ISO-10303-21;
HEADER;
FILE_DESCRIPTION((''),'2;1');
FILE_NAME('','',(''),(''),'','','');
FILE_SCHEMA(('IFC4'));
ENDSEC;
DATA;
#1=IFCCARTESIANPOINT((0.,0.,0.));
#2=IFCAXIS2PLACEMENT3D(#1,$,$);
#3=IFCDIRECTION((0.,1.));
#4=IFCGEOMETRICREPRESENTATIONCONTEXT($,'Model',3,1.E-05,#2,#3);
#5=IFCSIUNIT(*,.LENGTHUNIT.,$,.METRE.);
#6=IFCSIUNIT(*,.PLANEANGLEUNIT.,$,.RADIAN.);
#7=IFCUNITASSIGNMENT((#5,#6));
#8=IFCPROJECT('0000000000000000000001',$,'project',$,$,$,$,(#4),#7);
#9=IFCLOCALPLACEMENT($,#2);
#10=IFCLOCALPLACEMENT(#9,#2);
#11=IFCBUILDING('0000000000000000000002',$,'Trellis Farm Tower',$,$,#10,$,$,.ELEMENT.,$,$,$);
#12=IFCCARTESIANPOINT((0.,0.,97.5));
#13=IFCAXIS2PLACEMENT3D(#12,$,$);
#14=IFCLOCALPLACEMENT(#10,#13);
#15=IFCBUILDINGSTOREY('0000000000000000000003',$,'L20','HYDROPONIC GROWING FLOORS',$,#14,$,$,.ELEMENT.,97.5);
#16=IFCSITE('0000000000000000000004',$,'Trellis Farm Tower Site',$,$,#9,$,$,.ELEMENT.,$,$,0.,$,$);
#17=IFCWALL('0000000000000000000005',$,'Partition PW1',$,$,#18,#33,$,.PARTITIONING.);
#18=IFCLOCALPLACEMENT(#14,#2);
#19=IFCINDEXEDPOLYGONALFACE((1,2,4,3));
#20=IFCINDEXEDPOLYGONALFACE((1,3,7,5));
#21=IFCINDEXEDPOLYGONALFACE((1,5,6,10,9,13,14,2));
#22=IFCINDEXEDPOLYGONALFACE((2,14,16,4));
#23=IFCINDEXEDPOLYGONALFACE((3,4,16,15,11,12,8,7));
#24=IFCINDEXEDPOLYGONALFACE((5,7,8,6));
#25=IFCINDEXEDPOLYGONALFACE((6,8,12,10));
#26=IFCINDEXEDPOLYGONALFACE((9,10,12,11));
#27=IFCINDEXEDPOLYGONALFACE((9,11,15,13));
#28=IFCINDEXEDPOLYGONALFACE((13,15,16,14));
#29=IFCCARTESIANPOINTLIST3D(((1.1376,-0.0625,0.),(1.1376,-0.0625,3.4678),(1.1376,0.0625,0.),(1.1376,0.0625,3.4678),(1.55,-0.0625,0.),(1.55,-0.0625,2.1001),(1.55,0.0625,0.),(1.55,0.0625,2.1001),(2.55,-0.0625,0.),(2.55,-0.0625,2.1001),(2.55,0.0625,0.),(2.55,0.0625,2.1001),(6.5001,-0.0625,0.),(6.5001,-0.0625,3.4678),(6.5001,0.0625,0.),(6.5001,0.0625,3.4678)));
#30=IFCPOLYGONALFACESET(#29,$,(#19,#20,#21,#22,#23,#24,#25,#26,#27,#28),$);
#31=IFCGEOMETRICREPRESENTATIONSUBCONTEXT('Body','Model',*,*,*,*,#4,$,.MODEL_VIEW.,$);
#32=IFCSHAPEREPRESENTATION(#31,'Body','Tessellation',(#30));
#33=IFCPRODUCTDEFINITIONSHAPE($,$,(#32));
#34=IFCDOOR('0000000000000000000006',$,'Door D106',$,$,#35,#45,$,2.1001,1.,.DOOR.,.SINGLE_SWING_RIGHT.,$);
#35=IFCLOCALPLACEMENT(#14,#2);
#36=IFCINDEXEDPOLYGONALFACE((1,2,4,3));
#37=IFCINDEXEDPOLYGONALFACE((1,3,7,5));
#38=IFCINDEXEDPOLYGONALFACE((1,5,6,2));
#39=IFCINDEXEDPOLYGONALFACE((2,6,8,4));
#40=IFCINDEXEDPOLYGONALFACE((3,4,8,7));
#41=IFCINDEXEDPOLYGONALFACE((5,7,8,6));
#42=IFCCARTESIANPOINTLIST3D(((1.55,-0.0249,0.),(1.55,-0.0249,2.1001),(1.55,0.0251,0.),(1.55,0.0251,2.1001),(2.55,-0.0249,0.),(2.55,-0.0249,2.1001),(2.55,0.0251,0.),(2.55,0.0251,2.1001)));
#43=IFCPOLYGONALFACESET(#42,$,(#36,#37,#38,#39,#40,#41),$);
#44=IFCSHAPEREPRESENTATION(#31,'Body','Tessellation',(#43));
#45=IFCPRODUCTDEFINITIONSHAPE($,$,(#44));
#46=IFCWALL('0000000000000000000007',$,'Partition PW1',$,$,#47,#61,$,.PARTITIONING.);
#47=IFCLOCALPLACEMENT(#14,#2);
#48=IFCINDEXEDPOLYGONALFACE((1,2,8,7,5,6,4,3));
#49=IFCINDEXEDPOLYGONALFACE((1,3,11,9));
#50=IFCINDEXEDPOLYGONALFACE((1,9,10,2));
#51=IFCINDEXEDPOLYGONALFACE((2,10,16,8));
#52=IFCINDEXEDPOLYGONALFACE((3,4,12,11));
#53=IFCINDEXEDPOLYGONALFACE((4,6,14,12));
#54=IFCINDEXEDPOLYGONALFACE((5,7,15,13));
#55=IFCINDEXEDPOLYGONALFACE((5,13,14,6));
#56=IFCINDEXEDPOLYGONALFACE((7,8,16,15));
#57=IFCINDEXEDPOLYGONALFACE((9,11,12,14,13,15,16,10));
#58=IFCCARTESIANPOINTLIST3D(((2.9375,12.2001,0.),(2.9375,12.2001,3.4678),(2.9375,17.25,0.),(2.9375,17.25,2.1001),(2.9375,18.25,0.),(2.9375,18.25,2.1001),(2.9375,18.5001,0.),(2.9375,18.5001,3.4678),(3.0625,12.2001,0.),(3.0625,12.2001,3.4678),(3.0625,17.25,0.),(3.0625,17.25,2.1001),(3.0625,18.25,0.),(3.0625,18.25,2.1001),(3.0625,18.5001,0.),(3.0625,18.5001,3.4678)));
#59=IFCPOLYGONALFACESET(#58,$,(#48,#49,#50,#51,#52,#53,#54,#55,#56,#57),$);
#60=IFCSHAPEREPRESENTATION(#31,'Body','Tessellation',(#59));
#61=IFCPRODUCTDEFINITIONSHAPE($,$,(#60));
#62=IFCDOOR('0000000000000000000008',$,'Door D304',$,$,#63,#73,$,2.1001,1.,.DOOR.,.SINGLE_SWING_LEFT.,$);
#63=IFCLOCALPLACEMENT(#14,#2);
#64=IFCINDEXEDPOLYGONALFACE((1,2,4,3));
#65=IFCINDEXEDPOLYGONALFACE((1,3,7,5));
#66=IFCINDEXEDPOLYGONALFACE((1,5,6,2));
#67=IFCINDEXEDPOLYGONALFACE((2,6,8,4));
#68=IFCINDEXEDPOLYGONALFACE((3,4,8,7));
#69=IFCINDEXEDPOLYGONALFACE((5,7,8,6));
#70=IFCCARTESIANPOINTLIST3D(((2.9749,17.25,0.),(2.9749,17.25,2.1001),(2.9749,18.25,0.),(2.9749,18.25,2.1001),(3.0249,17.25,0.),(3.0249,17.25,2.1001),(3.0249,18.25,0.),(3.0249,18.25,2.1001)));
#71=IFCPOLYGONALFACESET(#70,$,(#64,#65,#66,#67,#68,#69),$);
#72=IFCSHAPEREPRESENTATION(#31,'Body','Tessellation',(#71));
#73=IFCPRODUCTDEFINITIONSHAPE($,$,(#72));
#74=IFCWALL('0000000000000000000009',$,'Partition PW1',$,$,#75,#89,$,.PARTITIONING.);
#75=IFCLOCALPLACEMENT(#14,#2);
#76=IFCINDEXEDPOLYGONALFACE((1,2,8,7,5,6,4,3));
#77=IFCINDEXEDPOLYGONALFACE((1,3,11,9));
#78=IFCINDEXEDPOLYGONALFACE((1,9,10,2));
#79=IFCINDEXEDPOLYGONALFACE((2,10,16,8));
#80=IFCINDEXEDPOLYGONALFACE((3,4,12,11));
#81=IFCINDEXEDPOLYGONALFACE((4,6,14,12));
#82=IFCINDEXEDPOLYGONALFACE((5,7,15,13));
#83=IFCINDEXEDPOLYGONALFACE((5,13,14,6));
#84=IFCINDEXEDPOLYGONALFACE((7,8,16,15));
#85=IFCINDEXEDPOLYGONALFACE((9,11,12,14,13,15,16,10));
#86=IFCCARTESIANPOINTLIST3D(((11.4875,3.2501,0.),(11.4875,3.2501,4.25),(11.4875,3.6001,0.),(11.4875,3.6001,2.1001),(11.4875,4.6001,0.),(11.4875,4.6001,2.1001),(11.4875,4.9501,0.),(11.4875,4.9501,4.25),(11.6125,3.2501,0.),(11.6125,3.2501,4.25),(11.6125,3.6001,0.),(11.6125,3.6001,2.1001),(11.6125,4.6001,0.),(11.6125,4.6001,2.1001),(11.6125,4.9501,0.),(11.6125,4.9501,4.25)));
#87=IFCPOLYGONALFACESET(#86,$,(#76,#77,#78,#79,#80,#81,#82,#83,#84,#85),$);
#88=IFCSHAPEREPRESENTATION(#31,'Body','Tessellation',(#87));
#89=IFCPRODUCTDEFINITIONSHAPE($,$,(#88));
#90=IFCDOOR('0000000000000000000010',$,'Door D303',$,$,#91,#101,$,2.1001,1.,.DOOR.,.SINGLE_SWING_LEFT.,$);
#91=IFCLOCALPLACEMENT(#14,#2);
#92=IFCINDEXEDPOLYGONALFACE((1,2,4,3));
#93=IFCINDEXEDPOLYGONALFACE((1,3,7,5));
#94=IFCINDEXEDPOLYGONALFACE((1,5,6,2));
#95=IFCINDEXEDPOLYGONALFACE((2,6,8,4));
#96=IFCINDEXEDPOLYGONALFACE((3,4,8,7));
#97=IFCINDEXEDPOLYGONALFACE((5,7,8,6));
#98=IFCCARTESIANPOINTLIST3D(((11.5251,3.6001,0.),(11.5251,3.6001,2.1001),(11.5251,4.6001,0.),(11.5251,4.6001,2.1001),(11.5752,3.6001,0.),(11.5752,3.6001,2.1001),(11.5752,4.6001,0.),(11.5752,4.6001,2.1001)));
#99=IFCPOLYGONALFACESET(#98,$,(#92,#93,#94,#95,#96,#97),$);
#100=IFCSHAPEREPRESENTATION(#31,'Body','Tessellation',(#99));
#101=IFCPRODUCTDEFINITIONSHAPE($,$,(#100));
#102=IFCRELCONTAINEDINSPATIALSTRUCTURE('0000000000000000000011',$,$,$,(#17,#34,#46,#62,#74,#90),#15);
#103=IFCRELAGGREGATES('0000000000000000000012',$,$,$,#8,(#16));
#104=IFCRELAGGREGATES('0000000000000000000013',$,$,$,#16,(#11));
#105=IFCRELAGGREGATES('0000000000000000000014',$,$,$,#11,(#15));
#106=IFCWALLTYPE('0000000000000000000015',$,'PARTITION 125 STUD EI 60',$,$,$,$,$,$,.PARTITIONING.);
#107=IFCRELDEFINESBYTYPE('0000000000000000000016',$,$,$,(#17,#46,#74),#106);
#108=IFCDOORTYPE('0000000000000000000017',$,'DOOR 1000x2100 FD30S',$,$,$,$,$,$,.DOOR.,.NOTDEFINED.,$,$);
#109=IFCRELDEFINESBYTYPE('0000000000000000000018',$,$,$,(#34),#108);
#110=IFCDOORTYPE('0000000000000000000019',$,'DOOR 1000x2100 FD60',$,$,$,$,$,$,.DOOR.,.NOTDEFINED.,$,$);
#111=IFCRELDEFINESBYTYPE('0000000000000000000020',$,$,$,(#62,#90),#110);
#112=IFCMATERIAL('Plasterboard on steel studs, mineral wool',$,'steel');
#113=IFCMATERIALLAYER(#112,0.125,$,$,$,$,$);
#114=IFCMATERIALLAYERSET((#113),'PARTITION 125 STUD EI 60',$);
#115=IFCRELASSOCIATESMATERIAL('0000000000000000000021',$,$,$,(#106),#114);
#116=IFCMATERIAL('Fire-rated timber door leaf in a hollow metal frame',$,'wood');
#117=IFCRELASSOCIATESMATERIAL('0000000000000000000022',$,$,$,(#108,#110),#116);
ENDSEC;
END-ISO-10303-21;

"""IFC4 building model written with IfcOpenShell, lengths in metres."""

from ifc_helpers import new_model, si_unit, direction, frame, frame_2d, origin, place, context, subcontext, project, spatial, rectangle, extrude, source, transform, mapped, material, layer, layer_set, type_object, element, fill, save


model = new_model("IFC4")

# Units and contexts
model_context = context("Model", 3, precision=1e-05, world=origin(), true_north=direction((0.0, 1.0)))
body_context = subcontext(model_context, "Body", "Model", "MODEL_VIEW")
ifc_project = project(units=[si_unit("LENGTHUNIT", "METRE"), si_unit("PLANEANGLEUNIT", "RADIAN")], contexts=[model_context])

# Site, building, storey
site_placement = place(None, origin())
site = spatial("IfcSite", under=ifc_project, at=site_placement, Name="Trellis Farm Tower Site", CompositionType="ELEMENT", RefElevation=0.0)
building_placement = place(site_placement, origin())
building = spatial("IfcBuilding", under=site, at=building_placement, Name="Trellis Farm Tower", CompositionType="ELEMENT")
storey_placement = place(building_placement, frame((0.0, 0.0, 97.5)))
storey = spatial("IfcBuildingStorey", under=building, at=storey_placement, Name="L20", Description="HYDROPONIC GROWING FLOORS", CompositionType="ELEMENT", Elevation=97.5)

# Shared definitions
ifc_material_1 = material(Name="Plasterboard on steel studs, mineral wool", Category="steel")
ifc_layer_1 = layer(ifc_material_1, 0.125)
ifc_layer_set_1 = layer_set([ifc_layer_1], Name="PARTITION 125 STUD EI 60")
wall_type_1 = type_object("IfcWallType", Name="PARTITION 125 STUD EI 60", PredefinedType="PARTITIONING", material=ifc_layer_set_1)

# Walls, openings, doors
shared_shape_1 = source(origin(), body_context, "Body", "SweptSolid", [
    extrude(rectangle(XDim=5.3625, YDim=0.125, at=frame_2d((2.6812, 0.0))), origin(), (0.0, 0.0, 1.0), 3.4678),
])
wall_1_placement = place(storey_placement, frame((6.5, 0.0, 0.0), z_axis=(0.0, 0.0, 1.0), x_axis=(-1.0, 0.0, 0.0)))
wall_1 = element("IfcWall", 1, at=wall_1_placement, inside=storey, type_object=wall_type_1, Name="Partition PW1", PredefinedType="PARTITIONING", context=body_context, shape_type="MappedRepresentation", body=[
    mapped(shared_shape_1, transform((0.0, 0.0, 0.0))),
])
shared_shape_2 = source(origin(), body_context, "Body", "SweptSolid", [
    extrude(rectangle(XDim=1.0, YDim=2.1001, at=frame_2d((0.5, 1.05))), frame((0.0, 0.0725, 0.0), z_axis=(0.0, -1.0, 0.0), x_axis=(1.0, 0.0, 0.0)), (0.0, 0.0, 1.0), 0.145),
])
opening_1_placement = place(wall_1_placement, frame((3.95, 0.0, 0.0)))
opening_1 = element("IfcOpeningElement", 2, at=opening_1_placement, cuts=wall_1, PredefinedType="OPENING", context=body_context, shape_type="MappedRepresentation", body=[
    mapped(shared_shape_2, transform((0.0, 0.0, 0.0))),
])
ifc_material_2 = material(Name="Fire-rated timber door leaf in a hollow metal frame", Category="wood")
door_type_1 = type_object("IfcDoorType", Name="DOOR 1000x2100 FD30S", OperationType="NOTDEFINED", PredefinedType="DOOR", material=ifc_material_2)
shared_shape_3 = source(origin(), body_context, "Body", "SweptSolid", [
    extrude(rectangle(XDim=1.0, YDim=2.1001, at=frame_2d((0.5, 1.05))), frame((0.0, 0.0249, 0.0), z_axis=(0.0, -1.0, 0.0), x_axis=(1.0, 0.0, 0.0)), (0.0, 0.0, 1.0), 0.05),
])
door_1_placement = place(opening_1_placement, origin())
door_1 = element("IfcDoor", 3, at=door_1_placement, inside=storey, type_object=door_type_1, Name="Door D106", OperationType="SINGLE_SWING_RIGHT", OverallHeight=2.1001, OverallWidth=1.0, PredefinedType="DOOR", context=body_context, shape_type="MappedRepresentation", body=[
    mapped(shared_shape_3, transform((0.0, 0.0, 0.0))),
])
fill(opening_1, door_1)
shared_shape_4 = source(origin(), body_context, "Body", "SweptSolid", [
    extrude(rectangle(XDim=6.3, YDim=0.125, at=frame_2d((3.1499, 0.0))), origin(), (0.0, 0.0, 1.0), 3.4678),
])
wall_2_placement = place(storey_placement, frame((3.0, 18.5, 0.0), z_axis=(0.0, 0.0, 1.0), x_axis=(0.0, -1.0, 0.0)))
wall_2 = element("IfcWall", 4, at=wall_2_placement, inside=storey, type_object=wall_type_1, Name="Partition PW1", PredefinedType="PARTITIONING", context=body_context, shape_type="MappedRepresentation", body=[
    mapped(shared_shape_4, transform((0.0, 0.0, 0.0))),
])
opening_2_placement = place(wall_2_placement, frame((0.25, 0.0, 0.0)))
opening_2 = element("IfcOpeningElement", 5, at=opening_2_placement, cuts=wall_2, PredefinedType="OPENING", context=body_context, shape_type="MappedRepresentation", body=[
    mapped(shared_shape_2, transform((0.0, 0.0, 0.0))),
])
door_type_2 = type_object("IfcDoorType", Name="DOOR 1000x2100 FD60", OperationType="NOTDEFINED", PredefinedType="DOOR", material=ifc_material_2)
door_2_placement = place(opening_2_placement, origin())
door_2 = element("IfcDoor", 6, at=door_2_placement, inside=storey, type_object=door_type_2, Name="Door D304", OperationType="SINGLE_SWING_LEFT", OverallHeight=2.1001, OverallWidth=1.0, PredefinedType="DOOR", context=body_context, shape_type="MappedRepresentation", body=[
    mapped(shared_shape_3, transform((0.0, 0.0, 0.0))),
])
fill(opening_2, door_2)
shared_shape_5 = source(origin(), body_context, "Body", "SweptSolid", [
    extrude(rectangle(XDim=1.7, YDim=0.125, at=frame_2d((0.8501, 0.0))), origin(), (0.0, 0.0, 1.0), 4.25),
])
wall_3_placement = place(storey_placement, frame((11.55, 3.25, 0.0), z_axis=(0.0, 0.0, 1.0), x_axis=(0.0, 1.0, 0.0)))
wall_3 = element("IfcWall", 7, at=wall_3_placement, inside=storey, type_object=wall_type_1, Name="Partition PW1", PredefinedType="PARTITIONING", context=body_context, shape_type="MappedRepresentation", body=[
    mapped(shared_shape_5, transform((0.0, 0.0, 0.0))),
])
opening_3_placement = place(wall_3_placement, frame((0.3501, 0.0, 0.0)))
opening_3 = element("IfcOpeningElement", 8, at=opening_3_placement, cuts=wall_3, PredefinedType="OPENING", context=body_context, shape_type="MappedRepresentation", body=[
    mapped(shared_shape_2, transform((0.0, 0.0, 0.0))),
])
door_3_placement = place(opening_3_placement, origin())
door_3 = element("IfcDoor", 9, at=door_3_placement, inside=storey, type_object=door_type_2, Name="Door D303", OperationType="SINGLE_SWING_LEFT", OverallHeight=2.1001, OverallWidth=1.0, PredefinedType="DOOR", context=body_context, shape_type="MappedRepresentation", body=[
    mapped(shared_shape_3, transform((0.0, 0.0, 0.0))),
])
fill(opening_3, door_3)

save(model, "model.ifc")
